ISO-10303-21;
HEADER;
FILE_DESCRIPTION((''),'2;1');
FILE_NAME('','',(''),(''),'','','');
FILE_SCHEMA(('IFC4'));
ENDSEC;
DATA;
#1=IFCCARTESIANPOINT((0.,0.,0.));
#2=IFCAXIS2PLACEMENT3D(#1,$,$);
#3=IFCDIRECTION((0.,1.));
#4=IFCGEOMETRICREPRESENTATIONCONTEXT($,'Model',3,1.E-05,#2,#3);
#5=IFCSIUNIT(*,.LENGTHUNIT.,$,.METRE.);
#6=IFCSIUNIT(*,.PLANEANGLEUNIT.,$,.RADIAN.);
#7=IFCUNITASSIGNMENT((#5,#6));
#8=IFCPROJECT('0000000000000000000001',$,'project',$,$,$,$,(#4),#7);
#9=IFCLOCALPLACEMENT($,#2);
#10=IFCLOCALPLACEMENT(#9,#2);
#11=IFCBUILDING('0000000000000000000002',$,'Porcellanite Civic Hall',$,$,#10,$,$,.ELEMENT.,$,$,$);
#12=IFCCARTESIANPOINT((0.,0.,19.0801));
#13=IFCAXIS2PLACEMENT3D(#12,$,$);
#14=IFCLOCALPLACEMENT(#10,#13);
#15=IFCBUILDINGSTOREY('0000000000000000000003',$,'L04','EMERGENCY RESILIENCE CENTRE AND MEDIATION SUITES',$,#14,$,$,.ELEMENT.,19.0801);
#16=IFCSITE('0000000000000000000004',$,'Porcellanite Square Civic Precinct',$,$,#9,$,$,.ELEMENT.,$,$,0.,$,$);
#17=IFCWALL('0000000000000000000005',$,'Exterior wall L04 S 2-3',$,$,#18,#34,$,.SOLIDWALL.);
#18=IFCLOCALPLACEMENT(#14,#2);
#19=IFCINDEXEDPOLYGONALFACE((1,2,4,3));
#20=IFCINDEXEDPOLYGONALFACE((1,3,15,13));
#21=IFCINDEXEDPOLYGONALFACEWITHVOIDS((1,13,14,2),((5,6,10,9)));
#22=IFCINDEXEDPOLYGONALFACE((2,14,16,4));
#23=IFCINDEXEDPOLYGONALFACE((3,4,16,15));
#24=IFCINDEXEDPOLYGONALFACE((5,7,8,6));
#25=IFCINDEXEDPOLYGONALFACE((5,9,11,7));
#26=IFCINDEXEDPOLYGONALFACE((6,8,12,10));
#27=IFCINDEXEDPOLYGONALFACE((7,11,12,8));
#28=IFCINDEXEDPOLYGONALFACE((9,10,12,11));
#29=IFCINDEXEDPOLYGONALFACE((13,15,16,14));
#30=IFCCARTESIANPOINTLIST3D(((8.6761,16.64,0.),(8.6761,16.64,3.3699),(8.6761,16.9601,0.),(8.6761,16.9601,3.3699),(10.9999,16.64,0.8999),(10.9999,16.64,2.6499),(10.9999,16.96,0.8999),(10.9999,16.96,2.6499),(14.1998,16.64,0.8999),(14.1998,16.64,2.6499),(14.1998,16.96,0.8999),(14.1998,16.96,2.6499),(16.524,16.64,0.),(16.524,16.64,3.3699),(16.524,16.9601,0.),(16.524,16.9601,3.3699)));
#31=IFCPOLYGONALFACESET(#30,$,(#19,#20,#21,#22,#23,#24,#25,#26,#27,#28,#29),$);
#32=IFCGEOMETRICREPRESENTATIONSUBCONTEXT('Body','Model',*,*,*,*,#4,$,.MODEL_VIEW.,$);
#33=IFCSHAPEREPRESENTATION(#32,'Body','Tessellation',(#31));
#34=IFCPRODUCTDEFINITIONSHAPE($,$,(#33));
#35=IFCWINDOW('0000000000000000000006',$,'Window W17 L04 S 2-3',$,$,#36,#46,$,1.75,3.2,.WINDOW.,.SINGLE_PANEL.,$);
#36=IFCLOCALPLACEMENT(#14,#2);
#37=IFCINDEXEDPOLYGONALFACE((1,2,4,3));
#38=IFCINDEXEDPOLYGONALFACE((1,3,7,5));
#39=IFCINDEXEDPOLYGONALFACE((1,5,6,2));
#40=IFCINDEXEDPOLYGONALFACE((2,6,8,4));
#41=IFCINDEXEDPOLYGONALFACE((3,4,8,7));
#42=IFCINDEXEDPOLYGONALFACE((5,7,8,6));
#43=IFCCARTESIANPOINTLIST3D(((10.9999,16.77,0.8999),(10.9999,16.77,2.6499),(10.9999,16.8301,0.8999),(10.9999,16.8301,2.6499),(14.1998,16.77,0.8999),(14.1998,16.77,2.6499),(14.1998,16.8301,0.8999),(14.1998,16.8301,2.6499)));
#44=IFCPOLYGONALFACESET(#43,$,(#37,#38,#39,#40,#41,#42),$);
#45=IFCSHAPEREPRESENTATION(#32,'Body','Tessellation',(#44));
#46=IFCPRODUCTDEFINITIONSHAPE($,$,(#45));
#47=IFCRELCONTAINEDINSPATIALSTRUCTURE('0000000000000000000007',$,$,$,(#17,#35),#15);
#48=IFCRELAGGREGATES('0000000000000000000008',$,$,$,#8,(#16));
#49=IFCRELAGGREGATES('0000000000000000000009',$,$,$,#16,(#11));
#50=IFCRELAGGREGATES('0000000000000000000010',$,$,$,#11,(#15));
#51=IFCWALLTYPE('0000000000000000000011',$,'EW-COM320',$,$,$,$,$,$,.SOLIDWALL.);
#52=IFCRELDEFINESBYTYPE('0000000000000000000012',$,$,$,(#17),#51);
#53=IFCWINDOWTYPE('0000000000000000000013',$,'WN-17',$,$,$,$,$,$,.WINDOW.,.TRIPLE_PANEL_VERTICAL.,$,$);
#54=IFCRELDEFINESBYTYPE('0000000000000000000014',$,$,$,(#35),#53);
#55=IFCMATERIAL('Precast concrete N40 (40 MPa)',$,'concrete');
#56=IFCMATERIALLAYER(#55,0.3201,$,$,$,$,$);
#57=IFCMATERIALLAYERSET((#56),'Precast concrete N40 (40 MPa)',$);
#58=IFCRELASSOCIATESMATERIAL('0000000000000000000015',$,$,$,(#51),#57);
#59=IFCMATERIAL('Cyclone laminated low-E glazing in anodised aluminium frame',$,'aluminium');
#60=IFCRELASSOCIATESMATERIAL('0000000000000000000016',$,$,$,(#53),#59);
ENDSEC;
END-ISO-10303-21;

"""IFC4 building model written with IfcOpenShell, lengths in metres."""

from ifc_helpers import new_model, si_unit, direction, frame, frame_2d, origin, place, context, subcontext, project, spatial, rectangle, extrude, material, layer, layer_set, type_object, element, fill, save


model = new_model("IFC4")

# Units and contexts
model_context = context("Model", 3, precision=1e-05, world=origin(), true_north=direction((0.0, 1.0)))
body_context = subcontext(model_context, "Body", "Model", "MODEL_VIEW")
ifc_project = project(units=[si_unit("LENGTHUNIT", "METRE"), si_unit("PLANEANGLEUNIT", "RADIAN")], contexts=[model_context])

# Site, building, storey
site_placement = place(None, origin())
site = spatial("IfcSite", under=ifc_project, at=site_placement, Name="Porcellanite Square Civic Precinct", CompositionType="ELEMENT", RefElevation=0.0)
building_placement = place(site_placement, origin())
building = spatial("IfcBuilding", under=site, at=building_placement, Name="Porcellanite Civic Hall", CompositionType="ELEMENT")
storey_placement = place(building_placement, frame((0.0, 0.0, 19.0801)))
storey = spatial("IfcBuildingStorey", under=building, at=storey_placement, Name="L04", Description="EMERGENCY RESILIENCE CENTRE AND MEDIATION SUITES", CompositionType="ELEMENT", Elevation=19.0801)

# Wall, opening, window
ifc_material_1 = material(Name="Precast concrete N40 (40 MPa)", Category="concrete")
ifc_layer_1 = layer(ifc_material_1, 0.3201)
ifc_layer_set_1 = layer_set([ifc_layer_1], Name="Precast concrete N40 (40 MPa)")
wall_type_1 = type_object("IfcWallType", Name="EW-COM320", PredefinedType="SOLIDWALL", material=ifc_layer_set_1)
wall_1_placement = place(storey_placement, frame((16.5239, 16.8, 0.0), z_axis=(0.0, 0.0, 1.0), x_axis=(-1.0, 0.0, 0.0)))
wall_1 = element("IfcWall", 1, at=wall_1_placement, inside=storey, type_object=wall_type_1, Name="Exterior wall L04 S 2-3", PredefinedType="SOLIDWALL", context=body_context, shape_type="SweptSolid", body=[
    extrude(rectangle(XDim=7.8479, YDim=0.3201, at=frame_2d((3.9238, 0.0))), origin(), (0.0, 0.0, 1.0), 3.3699),
])
opening_1_placement = place(wall_1_placement, frame((2.324, 0.0, 0.8999)))
opening_1 = element("IfcOpeningElement", 2, at=opening_1_placement, cuts=wall_1, PredefinedType="OPENING", context=body_context, shape_type="SweptSolid", body=[
    extrude(rectangle(XDim=3.2, YDim=1.75, at=frame_2d((1.6001, 0.875))), frame((0.0, 0.1602, 0.0), z_axis=(0.0, -1.0, 0.0), x_axis=(1.0, 0.0, 0.0)), (0.0, 0.0, 1.0), 0.3201),
])
ifc_material_2 = material(Name="Cyclone laminated low-E glazing in anodised aluminium frame", Category="aluminium")
window_type = type_object("IfcWindowType", Name="WN-17", PartitioningType="TRIPLE_PANEL_VERTICAL", PredefinedType="WINDOW", material=ifc_material_2)
window_placement = place(opening_1_placement, origin())
window = element("IfcWindow", 3, at=window_placement, inside=storey, type_object=window_type, Name="Window W17 L04 S 2-3", OverallHeight=1.75, OverallWidth=3.2, PartitioningType="SINGLE_PANEL", PredefinedType="WINDOW", context=body_context, shape_type="SweptSolid", body=[
    extrude(rectangle(XDim=3.2, YDim=1.75, at=frame_2d((1.6001, 0.875))), frame((0.0, 0.03, 0.0), z_axis=(0.0, -1.0, 0.0), x_axis=(1.0, 0.0, 0.0)), (0.0, 0.0, 1.0), 0.0601),
])
fill(opening_1, window)

save(model, "model.ifc")
